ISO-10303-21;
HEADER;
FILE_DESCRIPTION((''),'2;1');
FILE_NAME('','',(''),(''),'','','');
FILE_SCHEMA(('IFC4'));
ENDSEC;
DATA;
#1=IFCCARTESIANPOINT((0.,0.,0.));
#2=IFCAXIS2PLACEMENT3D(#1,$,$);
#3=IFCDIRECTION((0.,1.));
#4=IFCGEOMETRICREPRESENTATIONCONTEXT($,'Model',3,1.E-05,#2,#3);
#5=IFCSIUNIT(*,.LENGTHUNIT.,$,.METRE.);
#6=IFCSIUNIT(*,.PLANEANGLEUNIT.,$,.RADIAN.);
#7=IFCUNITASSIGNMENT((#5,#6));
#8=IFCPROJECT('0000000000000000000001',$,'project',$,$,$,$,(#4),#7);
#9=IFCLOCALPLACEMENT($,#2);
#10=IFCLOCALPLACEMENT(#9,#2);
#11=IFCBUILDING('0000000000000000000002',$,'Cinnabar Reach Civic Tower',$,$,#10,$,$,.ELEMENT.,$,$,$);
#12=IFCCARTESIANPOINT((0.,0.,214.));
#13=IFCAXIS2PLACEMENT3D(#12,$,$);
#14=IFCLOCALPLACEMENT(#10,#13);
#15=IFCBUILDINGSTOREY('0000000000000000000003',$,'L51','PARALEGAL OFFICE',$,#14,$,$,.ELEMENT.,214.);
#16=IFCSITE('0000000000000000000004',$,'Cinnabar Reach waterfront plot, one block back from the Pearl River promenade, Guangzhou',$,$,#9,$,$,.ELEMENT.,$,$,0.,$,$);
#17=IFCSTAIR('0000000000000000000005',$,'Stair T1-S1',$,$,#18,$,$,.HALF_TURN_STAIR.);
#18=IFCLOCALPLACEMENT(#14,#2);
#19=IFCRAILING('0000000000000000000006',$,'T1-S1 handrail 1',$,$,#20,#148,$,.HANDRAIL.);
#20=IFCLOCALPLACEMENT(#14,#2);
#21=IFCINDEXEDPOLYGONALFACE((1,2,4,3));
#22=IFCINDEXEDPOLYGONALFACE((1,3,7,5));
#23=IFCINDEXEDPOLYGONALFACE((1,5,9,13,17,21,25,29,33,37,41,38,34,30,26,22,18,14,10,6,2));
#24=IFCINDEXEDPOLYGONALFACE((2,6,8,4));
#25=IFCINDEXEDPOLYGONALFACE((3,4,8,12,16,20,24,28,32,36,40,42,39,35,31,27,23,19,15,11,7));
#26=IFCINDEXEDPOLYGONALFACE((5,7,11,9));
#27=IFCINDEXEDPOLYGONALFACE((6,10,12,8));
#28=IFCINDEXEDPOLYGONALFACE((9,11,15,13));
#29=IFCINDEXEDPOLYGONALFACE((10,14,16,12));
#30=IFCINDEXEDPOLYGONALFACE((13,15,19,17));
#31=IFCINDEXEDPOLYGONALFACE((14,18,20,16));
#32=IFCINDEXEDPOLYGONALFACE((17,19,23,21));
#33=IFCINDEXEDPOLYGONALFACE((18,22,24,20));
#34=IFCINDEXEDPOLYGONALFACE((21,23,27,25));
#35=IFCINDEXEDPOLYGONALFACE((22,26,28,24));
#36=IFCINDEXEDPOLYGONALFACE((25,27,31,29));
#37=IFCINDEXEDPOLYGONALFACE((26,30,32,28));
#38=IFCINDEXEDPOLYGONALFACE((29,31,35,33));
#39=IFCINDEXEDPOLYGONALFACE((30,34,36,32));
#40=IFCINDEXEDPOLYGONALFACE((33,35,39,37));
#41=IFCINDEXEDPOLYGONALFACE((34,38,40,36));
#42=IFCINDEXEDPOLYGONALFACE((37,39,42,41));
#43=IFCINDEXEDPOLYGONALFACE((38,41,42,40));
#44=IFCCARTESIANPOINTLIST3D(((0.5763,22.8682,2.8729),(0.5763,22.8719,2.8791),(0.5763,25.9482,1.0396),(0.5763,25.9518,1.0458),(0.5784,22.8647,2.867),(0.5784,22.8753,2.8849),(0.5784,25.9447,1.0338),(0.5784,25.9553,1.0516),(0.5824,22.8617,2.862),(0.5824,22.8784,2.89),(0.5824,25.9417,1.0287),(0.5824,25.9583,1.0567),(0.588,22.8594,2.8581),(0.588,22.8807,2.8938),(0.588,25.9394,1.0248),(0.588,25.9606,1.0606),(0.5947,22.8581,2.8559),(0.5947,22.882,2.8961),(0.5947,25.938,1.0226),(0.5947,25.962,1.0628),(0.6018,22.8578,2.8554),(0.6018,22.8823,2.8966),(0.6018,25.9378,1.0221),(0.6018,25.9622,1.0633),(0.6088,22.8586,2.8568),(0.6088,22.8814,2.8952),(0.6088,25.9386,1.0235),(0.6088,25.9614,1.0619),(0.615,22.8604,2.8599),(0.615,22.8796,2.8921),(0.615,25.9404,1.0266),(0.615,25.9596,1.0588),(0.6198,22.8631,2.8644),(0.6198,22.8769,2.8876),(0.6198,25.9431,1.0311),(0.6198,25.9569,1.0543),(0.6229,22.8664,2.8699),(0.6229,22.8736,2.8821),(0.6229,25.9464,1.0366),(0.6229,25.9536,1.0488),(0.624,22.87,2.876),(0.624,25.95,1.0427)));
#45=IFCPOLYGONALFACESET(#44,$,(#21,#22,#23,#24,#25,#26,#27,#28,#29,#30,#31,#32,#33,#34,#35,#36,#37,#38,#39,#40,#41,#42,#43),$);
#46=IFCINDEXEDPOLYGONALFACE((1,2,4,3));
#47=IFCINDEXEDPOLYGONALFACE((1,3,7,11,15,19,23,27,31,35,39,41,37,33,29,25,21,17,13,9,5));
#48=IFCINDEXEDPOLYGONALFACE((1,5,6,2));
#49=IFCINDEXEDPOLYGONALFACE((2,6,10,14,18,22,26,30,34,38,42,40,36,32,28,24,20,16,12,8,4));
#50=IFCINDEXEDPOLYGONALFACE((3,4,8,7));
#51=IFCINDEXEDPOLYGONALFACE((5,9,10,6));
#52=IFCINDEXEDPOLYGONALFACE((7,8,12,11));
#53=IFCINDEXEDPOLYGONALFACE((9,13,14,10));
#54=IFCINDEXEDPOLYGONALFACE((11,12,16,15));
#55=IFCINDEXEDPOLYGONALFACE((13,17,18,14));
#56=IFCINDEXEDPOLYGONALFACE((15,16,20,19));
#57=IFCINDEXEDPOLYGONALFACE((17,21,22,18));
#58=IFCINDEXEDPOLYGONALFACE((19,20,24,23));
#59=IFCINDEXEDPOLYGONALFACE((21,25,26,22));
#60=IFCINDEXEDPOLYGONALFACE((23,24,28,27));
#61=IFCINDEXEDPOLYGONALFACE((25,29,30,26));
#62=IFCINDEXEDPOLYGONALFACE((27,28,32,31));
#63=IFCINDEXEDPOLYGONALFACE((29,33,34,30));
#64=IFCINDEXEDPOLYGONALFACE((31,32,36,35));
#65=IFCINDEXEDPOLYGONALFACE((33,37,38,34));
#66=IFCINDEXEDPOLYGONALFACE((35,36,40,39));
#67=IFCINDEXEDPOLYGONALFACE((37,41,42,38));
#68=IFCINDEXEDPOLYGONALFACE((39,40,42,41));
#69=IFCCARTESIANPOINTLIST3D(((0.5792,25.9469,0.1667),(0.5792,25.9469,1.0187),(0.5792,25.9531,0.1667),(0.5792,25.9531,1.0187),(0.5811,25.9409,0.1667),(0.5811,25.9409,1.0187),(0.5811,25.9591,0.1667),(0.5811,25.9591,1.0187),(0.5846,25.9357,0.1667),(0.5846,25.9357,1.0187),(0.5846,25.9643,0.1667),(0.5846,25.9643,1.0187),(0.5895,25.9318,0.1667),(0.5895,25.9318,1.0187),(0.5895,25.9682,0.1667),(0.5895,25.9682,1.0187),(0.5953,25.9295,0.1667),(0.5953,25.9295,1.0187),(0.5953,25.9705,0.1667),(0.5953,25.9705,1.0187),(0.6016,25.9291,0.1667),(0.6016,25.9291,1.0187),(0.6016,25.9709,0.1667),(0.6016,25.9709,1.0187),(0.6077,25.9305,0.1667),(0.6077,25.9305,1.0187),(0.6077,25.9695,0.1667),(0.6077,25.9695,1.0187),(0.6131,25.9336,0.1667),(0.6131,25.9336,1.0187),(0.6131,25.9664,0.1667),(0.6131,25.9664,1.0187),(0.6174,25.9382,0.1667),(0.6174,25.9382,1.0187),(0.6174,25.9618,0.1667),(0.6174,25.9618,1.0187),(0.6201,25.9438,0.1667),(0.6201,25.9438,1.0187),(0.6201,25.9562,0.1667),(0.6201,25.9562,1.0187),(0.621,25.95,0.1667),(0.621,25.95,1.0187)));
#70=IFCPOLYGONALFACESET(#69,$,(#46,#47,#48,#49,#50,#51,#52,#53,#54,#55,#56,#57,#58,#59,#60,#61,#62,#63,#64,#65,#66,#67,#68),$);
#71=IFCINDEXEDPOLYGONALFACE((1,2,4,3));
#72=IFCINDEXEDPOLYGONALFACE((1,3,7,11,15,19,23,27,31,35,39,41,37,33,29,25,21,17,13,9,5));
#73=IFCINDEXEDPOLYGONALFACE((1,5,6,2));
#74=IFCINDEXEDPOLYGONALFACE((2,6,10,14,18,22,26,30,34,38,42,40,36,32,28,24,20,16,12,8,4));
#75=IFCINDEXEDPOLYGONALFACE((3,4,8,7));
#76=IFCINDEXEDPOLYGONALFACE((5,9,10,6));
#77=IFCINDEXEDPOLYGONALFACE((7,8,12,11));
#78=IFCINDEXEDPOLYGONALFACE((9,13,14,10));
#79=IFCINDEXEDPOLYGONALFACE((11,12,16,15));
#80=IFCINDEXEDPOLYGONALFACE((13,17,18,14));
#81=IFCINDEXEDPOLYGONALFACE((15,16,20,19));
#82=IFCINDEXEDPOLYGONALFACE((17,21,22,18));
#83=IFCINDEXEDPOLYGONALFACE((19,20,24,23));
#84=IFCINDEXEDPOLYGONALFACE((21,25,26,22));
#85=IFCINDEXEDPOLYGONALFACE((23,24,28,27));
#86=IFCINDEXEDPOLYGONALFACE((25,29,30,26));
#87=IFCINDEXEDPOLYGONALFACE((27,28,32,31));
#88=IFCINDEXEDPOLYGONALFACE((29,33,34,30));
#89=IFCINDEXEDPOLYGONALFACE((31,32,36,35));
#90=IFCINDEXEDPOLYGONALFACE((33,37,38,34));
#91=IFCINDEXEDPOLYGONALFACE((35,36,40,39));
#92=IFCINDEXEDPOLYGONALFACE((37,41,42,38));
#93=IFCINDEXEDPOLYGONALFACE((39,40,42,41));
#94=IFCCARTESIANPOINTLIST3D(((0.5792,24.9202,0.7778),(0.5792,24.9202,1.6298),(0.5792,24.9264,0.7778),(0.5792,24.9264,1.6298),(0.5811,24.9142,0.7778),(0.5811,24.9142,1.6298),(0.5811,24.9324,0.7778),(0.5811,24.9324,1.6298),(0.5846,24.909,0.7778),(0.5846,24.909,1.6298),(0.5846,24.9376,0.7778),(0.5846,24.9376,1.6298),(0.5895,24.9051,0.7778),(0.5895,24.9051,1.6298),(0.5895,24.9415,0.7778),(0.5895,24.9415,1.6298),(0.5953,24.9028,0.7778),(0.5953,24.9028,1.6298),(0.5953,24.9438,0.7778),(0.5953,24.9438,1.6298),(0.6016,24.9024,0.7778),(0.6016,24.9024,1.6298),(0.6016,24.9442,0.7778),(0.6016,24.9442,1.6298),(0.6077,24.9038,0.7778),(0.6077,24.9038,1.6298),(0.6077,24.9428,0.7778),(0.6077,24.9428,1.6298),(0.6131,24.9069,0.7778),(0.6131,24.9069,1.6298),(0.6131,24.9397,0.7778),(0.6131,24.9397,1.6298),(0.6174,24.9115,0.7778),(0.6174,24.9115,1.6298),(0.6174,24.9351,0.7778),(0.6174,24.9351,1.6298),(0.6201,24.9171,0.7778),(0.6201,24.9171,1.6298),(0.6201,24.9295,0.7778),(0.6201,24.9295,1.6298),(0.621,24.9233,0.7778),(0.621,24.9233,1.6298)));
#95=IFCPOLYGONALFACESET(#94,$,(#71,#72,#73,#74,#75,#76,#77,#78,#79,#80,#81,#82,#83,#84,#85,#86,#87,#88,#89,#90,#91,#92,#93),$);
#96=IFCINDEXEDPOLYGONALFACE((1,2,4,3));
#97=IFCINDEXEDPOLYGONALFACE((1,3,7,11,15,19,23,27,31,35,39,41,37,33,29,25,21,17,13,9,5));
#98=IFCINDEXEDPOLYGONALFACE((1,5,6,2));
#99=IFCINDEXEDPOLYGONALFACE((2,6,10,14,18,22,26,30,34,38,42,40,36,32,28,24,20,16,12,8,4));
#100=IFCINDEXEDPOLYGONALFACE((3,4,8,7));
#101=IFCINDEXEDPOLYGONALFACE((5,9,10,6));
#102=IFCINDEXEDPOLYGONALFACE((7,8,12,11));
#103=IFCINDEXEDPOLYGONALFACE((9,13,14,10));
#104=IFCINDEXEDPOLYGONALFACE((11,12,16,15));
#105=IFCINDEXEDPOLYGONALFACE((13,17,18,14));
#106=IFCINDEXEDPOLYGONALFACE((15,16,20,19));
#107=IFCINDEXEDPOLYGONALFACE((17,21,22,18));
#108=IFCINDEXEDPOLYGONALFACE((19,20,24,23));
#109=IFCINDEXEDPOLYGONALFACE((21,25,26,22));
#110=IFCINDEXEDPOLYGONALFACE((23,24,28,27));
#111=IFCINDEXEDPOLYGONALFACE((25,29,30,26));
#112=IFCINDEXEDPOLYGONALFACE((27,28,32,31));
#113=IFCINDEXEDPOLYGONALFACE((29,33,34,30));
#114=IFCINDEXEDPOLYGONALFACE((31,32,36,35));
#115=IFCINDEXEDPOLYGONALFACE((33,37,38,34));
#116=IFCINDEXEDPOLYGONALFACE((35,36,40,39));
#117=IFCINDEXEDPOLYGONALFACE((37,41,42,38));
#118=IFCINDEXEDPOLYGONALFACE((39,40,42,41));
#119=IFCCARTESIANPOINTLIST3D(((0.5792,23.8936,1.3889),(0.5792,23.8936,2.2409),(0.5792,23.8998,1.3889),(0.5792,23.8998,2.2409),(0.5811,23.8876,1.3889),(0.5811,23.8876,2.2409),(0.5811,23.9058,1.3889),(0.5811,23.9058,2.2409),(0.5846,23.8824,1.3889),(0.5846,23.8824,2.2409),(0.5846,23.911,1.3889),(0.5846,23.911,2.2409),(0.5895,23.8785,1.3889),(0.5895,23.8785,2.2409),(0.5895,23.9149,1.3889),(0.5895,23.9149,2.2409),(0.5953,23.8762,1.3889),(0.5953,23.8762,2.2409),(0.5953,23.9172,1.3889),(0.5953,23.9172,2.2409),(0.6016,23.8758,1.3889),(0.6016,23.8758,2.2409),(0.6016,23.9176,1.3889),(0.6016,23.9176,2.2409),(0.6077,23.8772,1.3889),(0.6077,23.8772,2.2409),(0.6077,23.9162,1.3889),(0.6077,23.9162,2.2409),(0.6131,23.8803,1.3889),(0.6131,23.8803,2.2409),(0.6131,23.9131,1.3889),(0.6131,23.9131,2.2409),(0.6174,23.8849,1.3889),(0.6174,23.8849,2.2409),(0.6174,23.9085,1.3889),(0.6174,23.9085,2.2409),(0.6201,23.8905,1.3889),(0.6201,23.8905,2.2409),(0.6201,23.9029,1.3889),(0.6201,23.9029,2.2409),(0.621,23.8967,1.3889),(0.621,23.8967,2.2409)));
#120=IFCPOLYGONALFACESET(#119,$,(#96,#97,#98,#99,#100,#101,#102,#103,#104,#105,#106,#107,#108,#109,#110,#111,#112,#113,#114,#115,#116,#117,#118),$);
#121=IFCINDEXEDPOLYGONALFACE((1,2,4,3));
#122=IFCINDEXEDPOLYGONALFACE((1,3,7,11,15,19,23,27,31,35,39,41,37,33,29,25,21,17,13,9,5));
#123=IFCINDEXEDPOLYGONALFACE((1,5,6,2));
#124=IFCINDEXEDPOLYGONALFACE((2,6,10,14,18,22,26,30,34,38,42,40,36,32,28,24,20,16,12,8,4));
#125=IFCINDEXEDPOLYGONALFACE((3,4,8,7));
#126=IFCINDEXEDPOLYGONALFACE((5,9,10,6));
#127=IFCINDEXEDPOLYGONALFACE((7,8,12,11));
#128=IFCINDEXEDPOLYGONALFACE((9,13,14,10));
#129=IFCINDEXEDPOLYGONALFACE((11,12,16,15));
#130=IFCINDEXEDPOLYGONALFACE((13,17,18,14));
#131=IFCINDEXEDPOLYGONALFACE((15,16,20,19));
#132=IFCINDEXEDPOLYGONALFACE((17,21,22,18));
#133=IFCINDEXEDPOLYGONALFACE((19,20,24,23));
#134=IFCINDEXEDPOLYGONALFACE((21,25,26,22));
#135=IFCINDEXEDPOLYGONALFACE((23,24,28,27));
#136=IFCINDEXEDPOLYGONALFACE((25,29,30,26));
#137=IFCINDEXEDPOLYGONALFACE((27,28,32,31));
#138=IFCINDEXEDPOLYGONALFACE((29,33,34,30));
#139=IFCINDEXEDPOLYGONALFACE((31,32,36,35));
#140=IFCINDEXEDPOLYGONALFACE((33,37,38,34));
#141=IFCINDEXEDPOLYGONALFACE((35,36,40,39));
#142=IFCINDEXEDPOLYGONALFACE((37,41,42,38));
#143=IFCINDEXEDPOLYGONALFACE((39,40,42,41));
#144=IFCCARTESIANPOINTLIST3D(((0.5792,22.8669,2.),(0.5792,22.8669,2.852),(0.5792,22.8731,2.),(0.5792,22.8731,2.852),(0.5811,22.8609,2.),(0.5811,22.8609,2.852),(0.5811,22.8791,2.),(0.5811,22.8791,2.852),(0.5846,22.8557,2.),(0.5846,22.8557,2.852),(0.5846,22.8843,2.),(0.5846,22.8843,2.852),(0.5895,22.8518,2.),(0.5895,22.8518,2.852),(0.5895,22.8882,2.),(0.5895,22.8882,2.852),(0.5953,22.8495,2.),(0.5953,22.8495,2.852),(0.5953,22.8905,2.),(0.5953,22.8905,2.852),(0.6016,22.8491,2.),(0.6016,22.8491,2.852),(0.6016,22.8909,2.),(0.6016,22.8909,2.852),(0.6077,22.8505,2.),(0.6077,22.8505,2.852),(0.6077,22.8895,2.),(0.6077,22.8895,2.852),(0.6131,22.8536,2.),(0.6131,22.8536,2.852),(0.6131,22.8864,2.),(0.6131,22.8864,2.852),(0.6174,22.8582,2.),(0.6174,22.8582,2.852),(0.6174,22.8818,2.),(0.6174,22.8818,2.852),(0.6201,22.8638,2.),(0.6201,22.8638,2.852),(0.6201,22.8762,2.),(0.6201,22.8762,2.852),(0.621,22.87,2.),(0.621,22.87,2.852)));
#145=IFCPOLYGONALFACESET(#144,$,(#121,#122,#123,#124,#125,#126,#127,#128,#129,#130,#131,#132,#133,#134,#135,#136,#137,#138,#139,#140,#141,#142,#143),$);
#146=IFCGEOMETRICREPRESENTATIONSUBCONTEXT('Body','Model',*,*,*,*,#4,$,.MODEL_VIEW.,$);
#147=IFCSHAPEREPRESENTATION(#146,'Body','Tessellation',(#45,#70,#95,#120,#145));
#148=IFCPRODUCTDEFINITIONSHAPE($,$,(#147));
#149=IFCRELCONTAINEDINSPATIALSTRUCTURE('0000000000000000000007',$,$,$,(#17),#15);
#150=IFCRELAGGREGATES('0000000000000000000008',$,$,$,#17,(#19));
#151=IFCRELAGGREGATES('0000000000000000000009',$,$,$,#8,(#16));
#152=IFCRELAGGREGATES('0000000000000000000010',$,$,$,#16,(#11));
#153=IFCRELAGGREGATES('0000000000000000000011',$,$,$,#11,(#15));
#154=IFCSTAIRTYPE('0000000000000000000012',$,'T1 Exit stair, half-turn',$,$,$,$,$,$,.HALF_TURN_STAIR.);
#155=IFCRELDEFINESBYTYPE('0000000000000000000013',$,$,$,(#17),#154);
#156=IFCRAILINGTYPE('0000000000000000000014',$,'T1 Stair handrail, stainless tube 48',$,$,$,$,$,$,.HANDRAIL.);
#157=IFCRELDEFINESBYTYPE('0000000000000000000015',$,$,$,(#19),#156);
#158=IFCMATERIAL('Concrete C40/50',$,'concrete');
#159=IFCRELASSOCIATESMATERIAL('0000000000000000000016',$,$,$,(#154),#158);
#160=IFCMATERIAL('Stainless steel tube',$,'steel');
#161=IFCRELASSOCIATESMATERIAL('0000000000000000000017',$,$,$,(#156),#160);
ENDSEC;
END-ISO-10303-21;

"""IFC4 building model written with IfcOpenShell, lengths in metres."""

from ifc_helpers import new_model, si_unit, direction, frame, origin, origin_2d, place, context, subcontext, project, spatial, circle, extrude, material, type_object, element, aggregate, save


model = new_model("IFC4")

# Units and contexts
model_context = context("Model", 3, precision=1e-05, world=origin(), true_north=direction((0.0, 1.0)))
body_context = subcontext(model_context, "Body", "Model", "MODEL_VIEW")
ifc_project = project(units=[si_unit("LENGTHUNIT", "METRE"), si_unit("PLANEANGLEUNIT", "RADIAN")], contexts=[model_context])

# Site, building, storey
site_placement = place(None, origin())
site = spatial("IfcSite", under=ifc_project, at=site_placement, Name="Cinnabar Reach waterfront plot, one block back from the Pearl River promenade, Guangzhou", CompositionType="ELEMENT", RefElevation=0.0)
building_placement = place(site_placement, origin())
building = spatial("IfcBuilding", under=site, at=building_placement, Name="Cinnabar Reach Civic Tower", CompositionType="ELEMENT")
storey_placement = place(building_placement, frame((0.0, 0.0, 214.0)))
storey = spatial("IfcBuildingStorey", under=building, at=storey_placement, Name="L51", Description="PARALEGAL OFFICE", CompositionType="ELEMENT", Elevation=214.0)

# Shared definitions
ifc_material_1 = material(Name="Concrete C40/50", Category="concrete")

# Stair, railing
stair_type = type_object("IfcStairType", Name="T1 Exit stair, half-turn", PredefinedType="HALF_TURN_STAIR", material=ifc_material_1)
stair_placement = place(storey_placement, origin())
stair = element("IfcStair", 1, at=stair_placement, inside=storey, type_object=stair_type, Name="Stair T1-S1", PredefinedType="HALF_TURN_STAIR")
ifc_material_2 = material(Name="Stainless steel tube", Category="steel")
railing_type = type_object("IfcRailingType", Name="T1 Stair handrail, stainless tube 48", PredefinedType="HANDRAIL", material=ifc_material_2)
railing_1_placement = place(storey_placement, frame((0.6, 25.95, 0.1667)))
railing_1 = element("IfcRailing", 2, at=railing_1_placement, type_object=railing_type, Name="T1-S1 handrail 1", PredefinedType="HANDRAIL", context=body_context, shape_type="SweptSolid", body=[
    extrude(circle(Radius=0.024, at=origin_2d()), frame((0.0, 0.0, 0.876), z_axis=(0.0, -0.859297, 0.511477), x_axis=(1.0, 0.0, 0.0)), (0.0, 0.0, 1.0), 3.5843),
    extrude(circle(Radius=0.021, at=origin_2d()), origin(), (0.0, 0.0, 1.0), 0.852),
    extrude(circle(Radius=0.021, at=origin_2d()), frame((0.0, -1.0267, 0.6111)), (0.0, 0.0, 1.0), 0.852),
    extrude(circle(Radius=0.021, at=origin_2d()), frame((0.0, -2.0533, 1.2222)), (0.0, 0.0, 1.0), 0.852),
    extrude(circle(Radius=0.021, at=origin_2d()), frame((0.0, -3.08, 1.8333)), (0.0, 0.0, 1.0), 0.852),
])
aggregate(stair, [railing_1])

save(model, "model.ifc")
